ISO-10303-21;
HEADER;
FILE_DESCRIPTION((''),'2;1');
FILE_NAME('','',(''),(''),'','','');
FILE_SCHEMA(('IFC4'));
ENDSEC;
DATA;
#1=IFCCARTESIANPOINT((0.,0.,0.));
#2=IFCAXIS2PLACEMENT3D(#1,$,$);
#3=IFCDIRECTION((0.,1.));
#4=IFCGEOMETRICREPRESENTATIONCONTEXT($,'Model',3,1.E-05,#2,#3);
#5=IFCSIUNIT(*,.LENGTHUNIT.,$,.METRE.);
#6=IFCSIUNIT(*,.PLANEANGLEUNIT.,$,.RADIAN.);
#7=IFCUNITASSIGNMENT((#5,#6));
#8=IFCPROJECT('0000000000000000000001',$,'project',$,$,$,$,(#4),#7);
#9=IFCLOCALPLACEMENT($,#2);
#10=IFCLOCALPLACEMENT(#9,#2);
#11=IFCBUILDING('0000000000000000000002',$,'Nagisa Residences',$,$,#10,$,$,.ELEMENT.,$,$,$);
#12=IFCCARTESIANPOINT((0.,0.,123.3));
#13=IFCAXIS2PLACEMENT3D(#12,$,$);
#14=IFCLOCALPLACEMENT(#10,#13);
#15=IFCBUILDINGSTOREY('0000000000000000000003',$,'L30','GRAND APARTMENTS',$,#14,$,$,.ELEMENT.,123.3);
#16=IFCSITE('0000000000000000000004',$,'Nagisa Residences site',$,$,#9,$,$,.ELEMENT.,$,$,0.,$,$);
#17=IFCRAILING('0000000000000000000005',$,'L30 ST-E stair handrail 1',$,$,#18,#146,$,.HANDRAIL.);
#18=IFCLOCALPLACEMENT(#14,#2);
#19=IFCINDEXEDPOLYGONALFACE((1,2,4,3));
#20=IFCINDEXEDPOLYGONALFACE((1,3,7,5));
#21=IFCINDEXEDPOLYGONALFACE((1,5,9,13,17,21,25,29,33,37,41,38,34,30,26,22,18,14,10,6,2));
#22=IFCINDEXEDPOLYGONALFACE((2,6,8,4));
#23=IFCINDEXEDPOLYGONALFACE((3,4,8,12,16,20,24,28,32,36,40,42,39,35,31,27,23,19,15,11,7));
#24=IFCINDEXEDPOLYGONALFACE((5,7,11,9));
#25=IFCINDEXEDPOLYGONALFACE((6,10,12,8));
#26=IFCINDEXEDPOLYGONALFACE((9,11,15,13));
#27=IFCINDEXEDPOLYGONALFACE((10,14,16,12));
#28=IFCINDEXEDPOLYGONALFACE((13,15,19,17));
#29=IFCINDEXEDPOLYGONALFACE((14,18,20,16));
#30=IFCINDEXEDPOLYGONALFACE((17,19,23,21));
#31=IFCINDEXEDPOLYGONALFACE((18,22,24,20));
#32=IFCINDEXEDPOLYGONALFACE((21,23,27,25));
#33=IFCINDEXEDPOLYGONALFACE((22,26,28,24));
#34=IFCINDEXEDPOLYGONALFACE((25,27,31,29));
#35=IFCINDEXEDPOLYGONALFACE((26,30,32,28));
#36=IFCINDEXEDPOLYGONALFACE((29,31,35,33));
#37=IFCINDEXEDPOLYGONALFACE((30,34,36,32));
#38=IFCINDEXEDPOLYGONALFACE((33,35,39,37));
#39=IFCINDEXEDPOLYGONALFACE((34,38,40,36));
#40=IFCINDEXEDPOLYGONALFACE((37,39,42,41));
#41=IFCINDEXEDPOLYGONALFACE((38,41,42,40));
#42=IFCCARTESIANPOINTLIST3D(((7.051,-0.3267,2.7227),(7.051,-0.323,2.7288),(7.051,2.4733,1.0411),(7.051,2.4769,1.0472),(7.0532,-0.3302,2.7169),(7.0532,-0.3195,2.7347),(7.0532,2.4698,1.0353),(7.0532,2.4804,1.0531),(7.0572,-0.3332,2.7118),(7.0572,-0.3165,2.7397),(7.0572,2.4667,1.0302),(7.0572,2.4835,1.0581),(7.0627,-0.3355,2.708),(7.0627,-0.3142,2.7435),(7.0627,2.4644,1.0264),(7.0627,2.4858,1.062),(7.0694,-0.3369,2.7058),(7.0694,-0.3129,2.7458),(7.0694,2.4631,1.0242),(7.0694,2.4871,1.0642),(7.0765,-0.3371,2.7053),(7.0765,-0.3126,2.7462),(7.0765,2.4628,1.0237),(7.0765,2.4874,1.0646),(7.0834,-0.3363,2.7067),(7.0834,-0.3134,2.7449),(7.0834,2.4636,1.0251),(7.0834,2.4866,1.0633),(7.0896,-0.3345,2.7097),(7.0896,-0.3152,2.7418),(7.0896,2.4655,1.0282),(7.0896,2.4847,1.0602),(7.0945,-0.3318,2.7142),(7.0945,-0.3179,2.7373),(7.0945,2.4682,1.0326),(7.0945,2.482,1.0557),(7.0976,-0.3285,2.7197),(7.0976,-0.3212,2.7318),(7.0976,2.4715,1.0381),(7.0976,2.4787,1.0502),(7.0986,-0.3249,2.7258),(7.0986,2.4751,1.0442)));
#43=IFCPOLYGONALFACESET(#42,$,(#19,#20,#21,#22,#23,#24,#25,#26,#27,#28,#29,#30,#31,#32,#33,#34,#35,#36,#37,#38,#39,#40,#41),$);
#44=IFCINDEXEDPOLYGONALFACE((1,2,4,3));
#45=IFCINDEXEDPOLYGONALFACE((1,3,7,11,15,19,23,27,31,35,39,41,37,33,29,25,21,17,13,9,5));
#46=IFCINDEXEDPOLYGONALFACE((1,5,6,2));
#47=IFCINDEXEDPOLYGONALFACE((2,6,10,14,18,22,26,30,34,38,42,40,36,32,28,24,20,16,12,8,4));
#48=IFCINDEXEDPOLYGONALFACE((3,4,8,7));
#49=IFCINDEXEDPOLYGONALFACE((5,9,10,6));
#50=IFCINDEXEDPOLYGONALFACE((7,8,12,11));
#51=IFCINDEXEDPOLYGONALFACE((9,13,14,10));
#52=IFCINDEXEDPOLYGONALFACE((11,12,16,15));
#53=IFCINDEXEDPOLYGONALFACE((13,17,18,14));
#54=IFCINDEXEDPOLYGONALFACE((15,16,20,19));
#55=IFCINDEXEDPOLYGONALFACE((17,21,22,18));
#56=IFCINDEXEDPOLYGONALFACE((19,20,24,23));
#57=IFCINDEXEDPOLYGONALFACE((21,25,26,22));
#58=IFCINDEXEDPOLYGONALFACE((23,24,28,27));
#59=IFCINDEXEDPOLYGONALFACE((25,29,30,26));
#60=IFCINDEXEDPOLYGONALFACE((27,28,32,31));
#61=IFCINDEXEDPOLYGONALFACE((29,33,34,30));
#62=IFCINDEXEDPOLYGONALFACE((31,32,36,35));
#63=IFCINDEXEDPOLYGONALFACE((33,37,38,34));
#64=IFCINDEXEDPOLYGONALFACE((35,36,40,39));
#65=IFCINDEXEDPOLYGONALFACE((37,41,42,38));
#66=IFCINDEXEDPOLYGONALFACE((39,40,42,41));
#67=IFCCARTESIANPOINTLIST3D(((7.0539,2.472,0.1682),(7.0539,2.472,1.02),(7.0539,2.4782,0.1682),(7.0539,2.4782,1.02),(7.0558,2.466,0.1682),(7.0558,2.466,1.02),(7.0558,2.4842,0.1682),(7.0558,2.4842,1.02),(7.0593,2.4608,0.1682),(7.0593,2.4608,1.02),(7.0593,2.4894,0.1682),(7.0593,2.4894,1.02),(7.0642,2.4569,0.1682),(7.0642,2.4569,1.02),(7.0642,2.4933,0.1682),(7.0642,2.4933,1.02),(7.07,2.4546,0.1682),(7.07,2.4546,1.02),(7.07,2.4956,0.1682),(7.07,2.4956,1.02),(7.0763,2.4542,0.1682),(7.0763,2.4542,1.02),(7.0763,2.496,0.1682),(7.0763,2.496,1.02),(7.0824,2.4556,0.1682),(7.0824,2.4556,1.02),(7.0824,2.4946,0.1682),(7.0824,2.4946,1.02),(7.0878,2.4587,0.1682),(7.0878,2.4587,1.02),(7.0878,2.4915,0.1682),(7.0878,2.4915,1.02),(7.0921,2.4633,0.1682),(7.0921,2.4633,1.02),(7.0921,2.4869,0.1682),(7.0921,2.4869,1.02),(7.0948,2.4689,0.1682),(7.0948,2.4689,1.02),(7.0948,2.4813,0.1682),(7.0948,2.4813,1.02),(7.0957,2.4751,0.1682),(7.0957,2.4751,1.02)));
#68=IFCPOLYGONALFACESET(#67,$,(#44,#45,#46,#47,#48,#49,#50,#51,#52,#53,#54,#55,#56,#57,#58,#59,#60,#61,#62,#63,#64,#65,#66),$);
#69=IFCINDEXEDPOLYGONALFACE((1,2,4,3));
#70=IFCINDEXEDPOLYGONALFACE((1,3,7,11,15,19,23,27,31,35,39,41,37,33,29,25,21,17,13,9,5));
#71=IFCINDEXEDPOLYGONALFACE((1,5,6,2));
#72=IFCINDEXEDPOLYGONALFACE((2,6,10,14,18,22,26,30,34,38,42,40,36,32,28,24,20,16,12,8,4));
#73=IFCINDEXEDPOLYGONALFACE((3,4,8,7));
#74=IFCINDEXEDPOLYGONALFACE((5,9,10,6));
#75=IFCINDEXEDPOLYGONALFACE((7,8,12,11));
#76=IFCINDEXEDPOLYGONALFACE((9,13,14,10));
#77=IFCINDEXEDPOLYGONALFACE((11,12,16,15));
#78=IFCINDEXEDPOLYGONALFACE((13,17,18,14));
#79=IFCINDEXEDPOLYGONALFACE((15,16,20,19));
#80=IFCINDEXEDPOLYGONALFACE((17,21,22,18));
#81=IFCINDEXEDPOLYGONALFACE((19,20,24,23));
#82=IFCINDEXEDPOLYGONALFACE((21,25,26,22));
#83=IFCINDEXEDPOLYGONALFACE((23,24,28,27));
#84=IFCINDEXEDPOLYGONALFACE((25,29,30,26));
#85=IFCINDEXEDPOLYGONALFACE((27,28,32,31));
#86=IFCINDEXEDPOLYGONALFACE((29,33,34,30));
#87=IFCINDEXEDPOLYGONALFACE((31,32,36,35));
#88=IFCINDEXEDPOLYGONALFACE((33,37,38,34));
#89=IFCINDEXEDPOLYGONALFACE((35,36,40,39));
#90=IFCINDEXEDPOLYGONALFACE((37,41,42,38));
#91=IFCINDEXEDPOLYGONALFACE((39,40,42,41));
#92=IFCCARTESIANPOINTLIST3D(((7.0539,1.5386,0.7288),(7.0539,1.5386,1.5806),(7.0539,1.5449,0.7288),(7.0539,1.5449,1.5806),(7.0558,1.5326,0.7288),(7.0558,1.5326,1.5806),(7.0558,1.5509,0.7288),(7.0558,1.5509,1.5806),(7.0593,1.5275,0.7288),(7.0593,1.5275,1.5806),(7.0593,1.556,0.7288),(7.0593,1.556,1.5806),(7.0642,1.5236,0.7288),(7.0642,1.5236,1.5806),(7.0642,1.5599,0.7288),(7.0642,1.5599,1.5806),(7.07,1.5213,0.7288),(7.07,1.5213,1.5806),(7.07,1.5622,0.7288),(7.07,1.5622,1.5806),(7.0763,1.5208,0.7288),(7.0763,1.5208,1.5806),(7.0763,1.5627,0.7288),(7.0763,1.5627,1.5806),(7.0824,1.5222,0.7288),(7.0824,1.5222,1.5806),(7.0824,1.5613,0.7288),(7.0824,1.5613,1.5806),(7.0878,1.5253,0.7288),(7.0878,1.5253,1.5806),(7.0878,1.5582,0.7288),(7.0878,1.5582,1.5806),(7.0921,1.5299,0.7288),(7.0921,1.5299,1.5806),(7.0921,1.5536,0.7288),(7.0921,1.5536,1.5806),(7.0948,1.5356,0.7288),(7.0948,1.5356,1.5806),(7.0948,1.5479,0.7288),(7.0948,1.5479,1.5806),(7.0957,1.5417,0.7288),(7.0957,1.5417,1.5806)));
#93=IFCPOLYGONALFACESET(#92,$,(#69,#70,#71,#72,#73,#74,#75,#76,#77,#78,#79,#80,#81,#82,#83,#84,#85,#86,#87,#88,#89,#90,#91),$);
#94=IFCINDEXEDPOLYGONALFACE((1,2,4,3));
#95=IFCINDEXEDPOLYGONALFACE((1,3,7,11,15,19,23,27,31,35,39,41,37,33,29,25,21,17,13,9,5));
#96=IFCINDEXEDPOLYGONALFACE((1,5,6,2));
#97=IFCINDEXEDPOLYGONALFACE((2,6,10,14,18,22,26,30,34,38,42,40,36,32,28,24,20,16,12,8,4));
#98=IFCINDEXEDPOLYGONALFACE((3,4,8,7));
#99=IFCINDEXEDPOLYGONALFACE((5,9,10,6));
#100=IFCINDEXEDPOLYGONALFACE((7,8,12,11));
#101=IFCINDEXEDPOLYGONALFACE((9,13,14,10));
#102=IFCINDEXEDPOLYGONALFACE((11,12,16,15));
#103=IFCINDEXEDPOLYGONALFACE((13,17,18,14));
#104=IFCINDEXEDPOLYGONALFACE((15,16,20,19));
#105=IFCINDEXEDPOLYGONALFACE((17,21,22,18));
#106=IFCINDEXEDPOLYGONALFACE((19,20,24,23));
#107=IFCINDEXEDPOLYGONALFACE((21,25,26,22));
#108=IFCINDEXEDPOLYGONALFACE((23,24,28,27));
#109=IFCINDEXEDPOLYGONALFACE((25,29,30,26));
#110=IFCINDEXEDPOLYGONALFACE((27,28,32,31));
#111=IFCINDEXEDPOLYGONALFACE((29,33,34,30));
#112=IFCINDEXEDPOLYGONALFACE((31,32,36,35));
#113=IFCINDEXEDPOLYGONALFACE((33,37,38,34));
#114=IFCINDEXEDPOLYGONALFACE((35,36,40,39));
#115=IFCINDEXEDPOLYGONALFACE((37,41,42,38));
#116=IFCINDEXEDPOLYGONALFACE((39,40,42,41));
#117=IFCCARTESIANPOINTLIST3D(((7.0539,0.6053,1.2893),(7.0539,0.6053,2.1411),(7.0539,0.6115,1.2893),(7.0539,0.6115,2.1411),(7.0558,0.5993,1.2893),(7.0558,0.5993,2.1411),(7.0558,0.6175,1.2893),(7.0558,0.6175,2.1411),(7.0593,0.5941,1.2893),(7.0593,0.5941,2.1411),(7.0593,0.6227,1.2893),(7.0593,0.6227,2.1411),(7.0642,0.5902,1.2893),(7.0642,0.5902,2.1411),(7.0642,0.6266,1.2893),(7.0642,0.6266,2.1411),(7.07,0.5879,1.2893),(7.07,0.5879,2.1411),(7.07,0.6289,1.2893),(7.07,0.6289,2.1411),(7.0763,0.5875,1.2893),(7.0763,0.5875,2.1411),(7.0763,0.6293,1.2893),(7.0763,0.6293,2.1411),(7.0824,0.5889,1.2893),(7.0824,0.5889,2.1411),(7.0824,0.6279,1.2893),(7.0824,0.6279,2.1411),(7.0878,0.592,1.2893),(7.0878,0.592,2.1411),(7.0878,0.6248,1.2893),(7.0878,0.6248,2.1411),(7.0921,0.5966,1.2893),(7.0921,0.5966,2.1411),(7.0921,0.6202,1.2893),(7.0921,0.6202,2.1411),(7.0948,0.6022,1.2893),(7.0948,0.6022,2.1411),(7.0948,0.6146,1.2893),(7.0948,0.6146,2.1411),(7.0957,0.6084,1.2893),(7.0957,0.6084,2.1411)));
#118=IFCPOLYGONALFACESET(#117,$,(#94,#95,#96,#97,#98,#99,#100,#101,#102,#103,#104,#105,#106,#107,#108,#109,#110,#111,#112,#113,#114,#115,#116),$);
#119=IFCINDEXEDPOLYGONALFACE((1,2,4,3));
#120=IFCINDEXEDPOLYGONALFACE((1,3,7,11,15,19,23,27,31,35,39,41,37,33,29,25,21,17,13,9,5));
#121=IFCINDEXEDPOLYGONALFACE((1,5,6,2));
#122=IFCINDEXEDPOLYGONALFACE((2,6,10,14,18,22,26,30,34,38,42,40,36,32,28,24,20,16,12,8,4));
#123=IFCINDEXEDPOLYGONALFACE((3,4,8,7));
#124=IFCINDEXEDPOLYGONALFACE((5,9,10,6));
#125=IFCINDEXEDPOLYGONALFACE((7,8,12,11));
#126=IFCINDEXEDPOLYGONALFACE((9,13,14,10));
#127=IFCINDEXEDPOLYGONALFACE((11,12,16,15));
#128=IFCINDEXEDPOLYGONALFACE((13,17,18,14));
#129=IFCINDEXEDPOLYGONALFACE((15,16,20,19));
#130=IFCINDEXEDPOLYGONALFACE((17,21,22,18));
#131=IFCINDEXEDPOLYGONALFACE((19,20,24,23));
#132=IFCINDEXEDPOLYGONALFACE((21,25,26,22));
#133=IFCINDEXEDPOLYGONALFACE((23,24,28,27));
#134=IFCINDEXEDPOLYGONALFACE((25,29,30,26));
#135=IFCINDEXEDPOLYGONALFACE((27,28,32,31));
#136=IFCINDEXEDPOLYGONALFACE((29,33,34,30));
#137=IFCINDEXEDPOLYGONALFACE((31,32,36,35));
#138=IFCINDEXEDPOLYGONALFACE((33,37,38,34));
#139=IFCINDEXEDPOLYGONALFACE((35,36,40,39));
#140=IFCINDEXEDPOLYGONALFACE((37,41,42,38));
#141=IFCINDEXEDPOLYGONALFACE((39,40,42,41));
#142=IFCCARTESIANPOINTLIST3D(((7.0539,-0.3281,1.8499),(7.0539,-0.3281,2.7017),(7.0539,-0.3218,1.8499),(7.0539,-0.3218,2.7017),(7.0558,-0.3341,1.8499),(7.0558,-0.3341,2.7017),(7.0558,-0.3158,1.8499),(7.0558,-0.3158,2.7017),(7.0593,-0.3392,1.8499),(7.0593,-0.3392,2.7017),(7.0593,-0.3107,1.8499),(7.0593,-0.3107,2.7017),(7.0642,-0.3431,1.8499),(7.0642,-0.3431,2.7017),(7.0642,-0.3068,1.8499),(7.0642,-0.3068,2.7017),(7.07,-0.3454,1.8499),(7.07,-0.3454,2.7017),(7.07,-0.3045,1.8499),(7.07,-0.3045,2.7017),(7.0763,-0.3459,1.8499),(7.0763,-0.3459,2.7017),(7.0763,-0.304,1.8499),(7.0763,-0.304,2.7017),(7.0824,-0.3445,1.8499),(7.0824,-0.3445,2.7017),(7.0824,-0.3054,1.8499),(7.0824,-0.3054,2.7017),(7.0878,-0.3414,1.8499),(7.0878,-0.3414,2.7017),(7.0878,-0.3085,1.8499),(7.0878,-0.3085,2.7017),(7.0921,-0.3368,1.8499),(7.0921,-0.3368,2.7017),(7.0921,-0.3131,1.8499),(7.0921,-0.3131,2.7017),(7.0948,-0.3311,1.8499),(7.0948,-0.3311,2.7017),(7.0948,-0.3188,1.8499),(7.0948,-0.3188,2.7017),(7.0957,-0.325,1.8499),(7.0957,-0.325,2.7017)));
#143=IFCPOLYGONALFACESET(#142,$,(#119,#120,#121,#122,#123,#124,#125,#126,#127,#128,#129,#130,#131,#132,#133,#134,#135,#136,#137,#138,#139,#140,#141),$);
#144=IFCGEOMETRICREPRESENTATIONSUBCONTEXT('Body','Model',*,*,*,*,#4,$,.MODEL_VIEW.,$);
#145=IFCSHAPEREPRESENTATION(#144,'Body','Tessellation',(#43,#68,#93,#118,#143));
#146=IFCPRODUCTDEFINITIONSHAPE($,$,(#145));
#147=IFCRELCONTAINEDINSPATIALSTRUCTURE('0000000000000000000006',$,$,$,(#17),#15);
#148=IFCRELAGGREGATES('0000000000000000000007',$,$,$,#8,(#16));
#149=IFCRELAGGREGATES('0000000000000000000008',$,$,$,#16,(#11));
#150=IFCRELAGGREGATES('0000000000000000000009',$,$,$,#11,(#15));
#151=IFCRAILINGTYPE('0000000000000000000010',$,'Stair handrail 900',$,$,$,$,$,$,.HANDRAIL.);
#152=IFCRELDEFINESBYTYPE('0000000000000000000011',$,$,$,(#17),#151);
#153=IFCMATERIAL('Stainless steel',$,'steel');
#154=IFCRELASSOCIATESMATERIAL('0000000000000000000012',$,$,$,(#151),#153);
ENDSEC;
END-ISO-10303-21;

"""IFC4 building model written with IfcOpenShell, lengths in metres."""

from ifc_helpers import new_model, si_unit, direction, frame, origin, origin_2d, place, context, subcontext, project, spatial, circle, extrude, material, type_object, element, save


model = new_model("IFC4")

# Units and contexts
model_context = context("Model", 3, precision=1e-05, world=origin(), true_north=direction((0.0, 1.0)))
body_context = subcontext(model_context, "Body", "Model", "MODEL_VIEW")
ifc_project = project(units=[si_unit("LENGTHUNIT", "METRE"), si_unit("PLANEANGLEUNIT", "RADIAN")], contexts=[model_context])

# Site, building, storey
site_placement = place(None, origin())
site = spatial("IfcSite", under=ifc_project, at=site_placement, Name="Nagisa Residences site", CompositionType="ELEMENT", RefElevation=0.0)
building_placement = place(site_placement, origin())
building = spatial("IfcBuilding", under=site, at=building_placement, Name="Nagisa Residences", CompositionType="ELEMENT")
storey_placement = place(building_placement, frame((0.0, 0.0, 123.3)))
storey = spatial("IfcBuildingStorey", under=building, at=storey_placement, Name="L30", Description="GRAND APARTMENTS", CompositionType="ELEMENT", Elevation=123.3)

# Railing
ifc_material_1 = material(Name="Stainless steel", Category="steel")
railing_type_1 = type_object("IfcRailingType", Name="Stair handrail 900", PredefinedType="HANDRAIL", material=ifc_material_1)
railing_1_placement = place(storey_placement, frame((7.0747, 2.4751, 0.1682)))
element("IfcRailing", 1, at=railing_1_placement, inside=storey, type_object=railing_type_1, Name="L30 ST-E stair handrail 1", PredefinedType="HANDRAIL", context=body_context, shape_type="SweptSolid", body=[
    extrude(circle(Radius=0.0239, at=origin_2d()), frame((0.0, 0.0, 0.876), z_axis=(0.0, -0.857275, 0.514858), x_axis=(1.0, 0.0, 0.0)), (0.0, 0.0, 1.0), 3.2661),
    extrude(circle(Radius=0.021, at=origin_2d()), origin(), (0.0, 0.0, 1.0), 0.8518),
    extrude(circle(Radius=0.021, at=origin_2d()), frame((0.0, -0.9333, 0.5605)), (0.0, 0.0, 1.0), 0.8518),
    extrude(circle(Radius=0.021, at=origin_2d()), frame((0.0, -1.8667, 1.1211)), (0.0, 0.0, 1.0), 0.8518),
    extrude(circle(Radius=0.021, at=origin_2d()), frame((0.0, -2.8, 1.6816)), (0.0, 0.0, 1.0), 0.8518),
])

save(model, "model.ifc")
